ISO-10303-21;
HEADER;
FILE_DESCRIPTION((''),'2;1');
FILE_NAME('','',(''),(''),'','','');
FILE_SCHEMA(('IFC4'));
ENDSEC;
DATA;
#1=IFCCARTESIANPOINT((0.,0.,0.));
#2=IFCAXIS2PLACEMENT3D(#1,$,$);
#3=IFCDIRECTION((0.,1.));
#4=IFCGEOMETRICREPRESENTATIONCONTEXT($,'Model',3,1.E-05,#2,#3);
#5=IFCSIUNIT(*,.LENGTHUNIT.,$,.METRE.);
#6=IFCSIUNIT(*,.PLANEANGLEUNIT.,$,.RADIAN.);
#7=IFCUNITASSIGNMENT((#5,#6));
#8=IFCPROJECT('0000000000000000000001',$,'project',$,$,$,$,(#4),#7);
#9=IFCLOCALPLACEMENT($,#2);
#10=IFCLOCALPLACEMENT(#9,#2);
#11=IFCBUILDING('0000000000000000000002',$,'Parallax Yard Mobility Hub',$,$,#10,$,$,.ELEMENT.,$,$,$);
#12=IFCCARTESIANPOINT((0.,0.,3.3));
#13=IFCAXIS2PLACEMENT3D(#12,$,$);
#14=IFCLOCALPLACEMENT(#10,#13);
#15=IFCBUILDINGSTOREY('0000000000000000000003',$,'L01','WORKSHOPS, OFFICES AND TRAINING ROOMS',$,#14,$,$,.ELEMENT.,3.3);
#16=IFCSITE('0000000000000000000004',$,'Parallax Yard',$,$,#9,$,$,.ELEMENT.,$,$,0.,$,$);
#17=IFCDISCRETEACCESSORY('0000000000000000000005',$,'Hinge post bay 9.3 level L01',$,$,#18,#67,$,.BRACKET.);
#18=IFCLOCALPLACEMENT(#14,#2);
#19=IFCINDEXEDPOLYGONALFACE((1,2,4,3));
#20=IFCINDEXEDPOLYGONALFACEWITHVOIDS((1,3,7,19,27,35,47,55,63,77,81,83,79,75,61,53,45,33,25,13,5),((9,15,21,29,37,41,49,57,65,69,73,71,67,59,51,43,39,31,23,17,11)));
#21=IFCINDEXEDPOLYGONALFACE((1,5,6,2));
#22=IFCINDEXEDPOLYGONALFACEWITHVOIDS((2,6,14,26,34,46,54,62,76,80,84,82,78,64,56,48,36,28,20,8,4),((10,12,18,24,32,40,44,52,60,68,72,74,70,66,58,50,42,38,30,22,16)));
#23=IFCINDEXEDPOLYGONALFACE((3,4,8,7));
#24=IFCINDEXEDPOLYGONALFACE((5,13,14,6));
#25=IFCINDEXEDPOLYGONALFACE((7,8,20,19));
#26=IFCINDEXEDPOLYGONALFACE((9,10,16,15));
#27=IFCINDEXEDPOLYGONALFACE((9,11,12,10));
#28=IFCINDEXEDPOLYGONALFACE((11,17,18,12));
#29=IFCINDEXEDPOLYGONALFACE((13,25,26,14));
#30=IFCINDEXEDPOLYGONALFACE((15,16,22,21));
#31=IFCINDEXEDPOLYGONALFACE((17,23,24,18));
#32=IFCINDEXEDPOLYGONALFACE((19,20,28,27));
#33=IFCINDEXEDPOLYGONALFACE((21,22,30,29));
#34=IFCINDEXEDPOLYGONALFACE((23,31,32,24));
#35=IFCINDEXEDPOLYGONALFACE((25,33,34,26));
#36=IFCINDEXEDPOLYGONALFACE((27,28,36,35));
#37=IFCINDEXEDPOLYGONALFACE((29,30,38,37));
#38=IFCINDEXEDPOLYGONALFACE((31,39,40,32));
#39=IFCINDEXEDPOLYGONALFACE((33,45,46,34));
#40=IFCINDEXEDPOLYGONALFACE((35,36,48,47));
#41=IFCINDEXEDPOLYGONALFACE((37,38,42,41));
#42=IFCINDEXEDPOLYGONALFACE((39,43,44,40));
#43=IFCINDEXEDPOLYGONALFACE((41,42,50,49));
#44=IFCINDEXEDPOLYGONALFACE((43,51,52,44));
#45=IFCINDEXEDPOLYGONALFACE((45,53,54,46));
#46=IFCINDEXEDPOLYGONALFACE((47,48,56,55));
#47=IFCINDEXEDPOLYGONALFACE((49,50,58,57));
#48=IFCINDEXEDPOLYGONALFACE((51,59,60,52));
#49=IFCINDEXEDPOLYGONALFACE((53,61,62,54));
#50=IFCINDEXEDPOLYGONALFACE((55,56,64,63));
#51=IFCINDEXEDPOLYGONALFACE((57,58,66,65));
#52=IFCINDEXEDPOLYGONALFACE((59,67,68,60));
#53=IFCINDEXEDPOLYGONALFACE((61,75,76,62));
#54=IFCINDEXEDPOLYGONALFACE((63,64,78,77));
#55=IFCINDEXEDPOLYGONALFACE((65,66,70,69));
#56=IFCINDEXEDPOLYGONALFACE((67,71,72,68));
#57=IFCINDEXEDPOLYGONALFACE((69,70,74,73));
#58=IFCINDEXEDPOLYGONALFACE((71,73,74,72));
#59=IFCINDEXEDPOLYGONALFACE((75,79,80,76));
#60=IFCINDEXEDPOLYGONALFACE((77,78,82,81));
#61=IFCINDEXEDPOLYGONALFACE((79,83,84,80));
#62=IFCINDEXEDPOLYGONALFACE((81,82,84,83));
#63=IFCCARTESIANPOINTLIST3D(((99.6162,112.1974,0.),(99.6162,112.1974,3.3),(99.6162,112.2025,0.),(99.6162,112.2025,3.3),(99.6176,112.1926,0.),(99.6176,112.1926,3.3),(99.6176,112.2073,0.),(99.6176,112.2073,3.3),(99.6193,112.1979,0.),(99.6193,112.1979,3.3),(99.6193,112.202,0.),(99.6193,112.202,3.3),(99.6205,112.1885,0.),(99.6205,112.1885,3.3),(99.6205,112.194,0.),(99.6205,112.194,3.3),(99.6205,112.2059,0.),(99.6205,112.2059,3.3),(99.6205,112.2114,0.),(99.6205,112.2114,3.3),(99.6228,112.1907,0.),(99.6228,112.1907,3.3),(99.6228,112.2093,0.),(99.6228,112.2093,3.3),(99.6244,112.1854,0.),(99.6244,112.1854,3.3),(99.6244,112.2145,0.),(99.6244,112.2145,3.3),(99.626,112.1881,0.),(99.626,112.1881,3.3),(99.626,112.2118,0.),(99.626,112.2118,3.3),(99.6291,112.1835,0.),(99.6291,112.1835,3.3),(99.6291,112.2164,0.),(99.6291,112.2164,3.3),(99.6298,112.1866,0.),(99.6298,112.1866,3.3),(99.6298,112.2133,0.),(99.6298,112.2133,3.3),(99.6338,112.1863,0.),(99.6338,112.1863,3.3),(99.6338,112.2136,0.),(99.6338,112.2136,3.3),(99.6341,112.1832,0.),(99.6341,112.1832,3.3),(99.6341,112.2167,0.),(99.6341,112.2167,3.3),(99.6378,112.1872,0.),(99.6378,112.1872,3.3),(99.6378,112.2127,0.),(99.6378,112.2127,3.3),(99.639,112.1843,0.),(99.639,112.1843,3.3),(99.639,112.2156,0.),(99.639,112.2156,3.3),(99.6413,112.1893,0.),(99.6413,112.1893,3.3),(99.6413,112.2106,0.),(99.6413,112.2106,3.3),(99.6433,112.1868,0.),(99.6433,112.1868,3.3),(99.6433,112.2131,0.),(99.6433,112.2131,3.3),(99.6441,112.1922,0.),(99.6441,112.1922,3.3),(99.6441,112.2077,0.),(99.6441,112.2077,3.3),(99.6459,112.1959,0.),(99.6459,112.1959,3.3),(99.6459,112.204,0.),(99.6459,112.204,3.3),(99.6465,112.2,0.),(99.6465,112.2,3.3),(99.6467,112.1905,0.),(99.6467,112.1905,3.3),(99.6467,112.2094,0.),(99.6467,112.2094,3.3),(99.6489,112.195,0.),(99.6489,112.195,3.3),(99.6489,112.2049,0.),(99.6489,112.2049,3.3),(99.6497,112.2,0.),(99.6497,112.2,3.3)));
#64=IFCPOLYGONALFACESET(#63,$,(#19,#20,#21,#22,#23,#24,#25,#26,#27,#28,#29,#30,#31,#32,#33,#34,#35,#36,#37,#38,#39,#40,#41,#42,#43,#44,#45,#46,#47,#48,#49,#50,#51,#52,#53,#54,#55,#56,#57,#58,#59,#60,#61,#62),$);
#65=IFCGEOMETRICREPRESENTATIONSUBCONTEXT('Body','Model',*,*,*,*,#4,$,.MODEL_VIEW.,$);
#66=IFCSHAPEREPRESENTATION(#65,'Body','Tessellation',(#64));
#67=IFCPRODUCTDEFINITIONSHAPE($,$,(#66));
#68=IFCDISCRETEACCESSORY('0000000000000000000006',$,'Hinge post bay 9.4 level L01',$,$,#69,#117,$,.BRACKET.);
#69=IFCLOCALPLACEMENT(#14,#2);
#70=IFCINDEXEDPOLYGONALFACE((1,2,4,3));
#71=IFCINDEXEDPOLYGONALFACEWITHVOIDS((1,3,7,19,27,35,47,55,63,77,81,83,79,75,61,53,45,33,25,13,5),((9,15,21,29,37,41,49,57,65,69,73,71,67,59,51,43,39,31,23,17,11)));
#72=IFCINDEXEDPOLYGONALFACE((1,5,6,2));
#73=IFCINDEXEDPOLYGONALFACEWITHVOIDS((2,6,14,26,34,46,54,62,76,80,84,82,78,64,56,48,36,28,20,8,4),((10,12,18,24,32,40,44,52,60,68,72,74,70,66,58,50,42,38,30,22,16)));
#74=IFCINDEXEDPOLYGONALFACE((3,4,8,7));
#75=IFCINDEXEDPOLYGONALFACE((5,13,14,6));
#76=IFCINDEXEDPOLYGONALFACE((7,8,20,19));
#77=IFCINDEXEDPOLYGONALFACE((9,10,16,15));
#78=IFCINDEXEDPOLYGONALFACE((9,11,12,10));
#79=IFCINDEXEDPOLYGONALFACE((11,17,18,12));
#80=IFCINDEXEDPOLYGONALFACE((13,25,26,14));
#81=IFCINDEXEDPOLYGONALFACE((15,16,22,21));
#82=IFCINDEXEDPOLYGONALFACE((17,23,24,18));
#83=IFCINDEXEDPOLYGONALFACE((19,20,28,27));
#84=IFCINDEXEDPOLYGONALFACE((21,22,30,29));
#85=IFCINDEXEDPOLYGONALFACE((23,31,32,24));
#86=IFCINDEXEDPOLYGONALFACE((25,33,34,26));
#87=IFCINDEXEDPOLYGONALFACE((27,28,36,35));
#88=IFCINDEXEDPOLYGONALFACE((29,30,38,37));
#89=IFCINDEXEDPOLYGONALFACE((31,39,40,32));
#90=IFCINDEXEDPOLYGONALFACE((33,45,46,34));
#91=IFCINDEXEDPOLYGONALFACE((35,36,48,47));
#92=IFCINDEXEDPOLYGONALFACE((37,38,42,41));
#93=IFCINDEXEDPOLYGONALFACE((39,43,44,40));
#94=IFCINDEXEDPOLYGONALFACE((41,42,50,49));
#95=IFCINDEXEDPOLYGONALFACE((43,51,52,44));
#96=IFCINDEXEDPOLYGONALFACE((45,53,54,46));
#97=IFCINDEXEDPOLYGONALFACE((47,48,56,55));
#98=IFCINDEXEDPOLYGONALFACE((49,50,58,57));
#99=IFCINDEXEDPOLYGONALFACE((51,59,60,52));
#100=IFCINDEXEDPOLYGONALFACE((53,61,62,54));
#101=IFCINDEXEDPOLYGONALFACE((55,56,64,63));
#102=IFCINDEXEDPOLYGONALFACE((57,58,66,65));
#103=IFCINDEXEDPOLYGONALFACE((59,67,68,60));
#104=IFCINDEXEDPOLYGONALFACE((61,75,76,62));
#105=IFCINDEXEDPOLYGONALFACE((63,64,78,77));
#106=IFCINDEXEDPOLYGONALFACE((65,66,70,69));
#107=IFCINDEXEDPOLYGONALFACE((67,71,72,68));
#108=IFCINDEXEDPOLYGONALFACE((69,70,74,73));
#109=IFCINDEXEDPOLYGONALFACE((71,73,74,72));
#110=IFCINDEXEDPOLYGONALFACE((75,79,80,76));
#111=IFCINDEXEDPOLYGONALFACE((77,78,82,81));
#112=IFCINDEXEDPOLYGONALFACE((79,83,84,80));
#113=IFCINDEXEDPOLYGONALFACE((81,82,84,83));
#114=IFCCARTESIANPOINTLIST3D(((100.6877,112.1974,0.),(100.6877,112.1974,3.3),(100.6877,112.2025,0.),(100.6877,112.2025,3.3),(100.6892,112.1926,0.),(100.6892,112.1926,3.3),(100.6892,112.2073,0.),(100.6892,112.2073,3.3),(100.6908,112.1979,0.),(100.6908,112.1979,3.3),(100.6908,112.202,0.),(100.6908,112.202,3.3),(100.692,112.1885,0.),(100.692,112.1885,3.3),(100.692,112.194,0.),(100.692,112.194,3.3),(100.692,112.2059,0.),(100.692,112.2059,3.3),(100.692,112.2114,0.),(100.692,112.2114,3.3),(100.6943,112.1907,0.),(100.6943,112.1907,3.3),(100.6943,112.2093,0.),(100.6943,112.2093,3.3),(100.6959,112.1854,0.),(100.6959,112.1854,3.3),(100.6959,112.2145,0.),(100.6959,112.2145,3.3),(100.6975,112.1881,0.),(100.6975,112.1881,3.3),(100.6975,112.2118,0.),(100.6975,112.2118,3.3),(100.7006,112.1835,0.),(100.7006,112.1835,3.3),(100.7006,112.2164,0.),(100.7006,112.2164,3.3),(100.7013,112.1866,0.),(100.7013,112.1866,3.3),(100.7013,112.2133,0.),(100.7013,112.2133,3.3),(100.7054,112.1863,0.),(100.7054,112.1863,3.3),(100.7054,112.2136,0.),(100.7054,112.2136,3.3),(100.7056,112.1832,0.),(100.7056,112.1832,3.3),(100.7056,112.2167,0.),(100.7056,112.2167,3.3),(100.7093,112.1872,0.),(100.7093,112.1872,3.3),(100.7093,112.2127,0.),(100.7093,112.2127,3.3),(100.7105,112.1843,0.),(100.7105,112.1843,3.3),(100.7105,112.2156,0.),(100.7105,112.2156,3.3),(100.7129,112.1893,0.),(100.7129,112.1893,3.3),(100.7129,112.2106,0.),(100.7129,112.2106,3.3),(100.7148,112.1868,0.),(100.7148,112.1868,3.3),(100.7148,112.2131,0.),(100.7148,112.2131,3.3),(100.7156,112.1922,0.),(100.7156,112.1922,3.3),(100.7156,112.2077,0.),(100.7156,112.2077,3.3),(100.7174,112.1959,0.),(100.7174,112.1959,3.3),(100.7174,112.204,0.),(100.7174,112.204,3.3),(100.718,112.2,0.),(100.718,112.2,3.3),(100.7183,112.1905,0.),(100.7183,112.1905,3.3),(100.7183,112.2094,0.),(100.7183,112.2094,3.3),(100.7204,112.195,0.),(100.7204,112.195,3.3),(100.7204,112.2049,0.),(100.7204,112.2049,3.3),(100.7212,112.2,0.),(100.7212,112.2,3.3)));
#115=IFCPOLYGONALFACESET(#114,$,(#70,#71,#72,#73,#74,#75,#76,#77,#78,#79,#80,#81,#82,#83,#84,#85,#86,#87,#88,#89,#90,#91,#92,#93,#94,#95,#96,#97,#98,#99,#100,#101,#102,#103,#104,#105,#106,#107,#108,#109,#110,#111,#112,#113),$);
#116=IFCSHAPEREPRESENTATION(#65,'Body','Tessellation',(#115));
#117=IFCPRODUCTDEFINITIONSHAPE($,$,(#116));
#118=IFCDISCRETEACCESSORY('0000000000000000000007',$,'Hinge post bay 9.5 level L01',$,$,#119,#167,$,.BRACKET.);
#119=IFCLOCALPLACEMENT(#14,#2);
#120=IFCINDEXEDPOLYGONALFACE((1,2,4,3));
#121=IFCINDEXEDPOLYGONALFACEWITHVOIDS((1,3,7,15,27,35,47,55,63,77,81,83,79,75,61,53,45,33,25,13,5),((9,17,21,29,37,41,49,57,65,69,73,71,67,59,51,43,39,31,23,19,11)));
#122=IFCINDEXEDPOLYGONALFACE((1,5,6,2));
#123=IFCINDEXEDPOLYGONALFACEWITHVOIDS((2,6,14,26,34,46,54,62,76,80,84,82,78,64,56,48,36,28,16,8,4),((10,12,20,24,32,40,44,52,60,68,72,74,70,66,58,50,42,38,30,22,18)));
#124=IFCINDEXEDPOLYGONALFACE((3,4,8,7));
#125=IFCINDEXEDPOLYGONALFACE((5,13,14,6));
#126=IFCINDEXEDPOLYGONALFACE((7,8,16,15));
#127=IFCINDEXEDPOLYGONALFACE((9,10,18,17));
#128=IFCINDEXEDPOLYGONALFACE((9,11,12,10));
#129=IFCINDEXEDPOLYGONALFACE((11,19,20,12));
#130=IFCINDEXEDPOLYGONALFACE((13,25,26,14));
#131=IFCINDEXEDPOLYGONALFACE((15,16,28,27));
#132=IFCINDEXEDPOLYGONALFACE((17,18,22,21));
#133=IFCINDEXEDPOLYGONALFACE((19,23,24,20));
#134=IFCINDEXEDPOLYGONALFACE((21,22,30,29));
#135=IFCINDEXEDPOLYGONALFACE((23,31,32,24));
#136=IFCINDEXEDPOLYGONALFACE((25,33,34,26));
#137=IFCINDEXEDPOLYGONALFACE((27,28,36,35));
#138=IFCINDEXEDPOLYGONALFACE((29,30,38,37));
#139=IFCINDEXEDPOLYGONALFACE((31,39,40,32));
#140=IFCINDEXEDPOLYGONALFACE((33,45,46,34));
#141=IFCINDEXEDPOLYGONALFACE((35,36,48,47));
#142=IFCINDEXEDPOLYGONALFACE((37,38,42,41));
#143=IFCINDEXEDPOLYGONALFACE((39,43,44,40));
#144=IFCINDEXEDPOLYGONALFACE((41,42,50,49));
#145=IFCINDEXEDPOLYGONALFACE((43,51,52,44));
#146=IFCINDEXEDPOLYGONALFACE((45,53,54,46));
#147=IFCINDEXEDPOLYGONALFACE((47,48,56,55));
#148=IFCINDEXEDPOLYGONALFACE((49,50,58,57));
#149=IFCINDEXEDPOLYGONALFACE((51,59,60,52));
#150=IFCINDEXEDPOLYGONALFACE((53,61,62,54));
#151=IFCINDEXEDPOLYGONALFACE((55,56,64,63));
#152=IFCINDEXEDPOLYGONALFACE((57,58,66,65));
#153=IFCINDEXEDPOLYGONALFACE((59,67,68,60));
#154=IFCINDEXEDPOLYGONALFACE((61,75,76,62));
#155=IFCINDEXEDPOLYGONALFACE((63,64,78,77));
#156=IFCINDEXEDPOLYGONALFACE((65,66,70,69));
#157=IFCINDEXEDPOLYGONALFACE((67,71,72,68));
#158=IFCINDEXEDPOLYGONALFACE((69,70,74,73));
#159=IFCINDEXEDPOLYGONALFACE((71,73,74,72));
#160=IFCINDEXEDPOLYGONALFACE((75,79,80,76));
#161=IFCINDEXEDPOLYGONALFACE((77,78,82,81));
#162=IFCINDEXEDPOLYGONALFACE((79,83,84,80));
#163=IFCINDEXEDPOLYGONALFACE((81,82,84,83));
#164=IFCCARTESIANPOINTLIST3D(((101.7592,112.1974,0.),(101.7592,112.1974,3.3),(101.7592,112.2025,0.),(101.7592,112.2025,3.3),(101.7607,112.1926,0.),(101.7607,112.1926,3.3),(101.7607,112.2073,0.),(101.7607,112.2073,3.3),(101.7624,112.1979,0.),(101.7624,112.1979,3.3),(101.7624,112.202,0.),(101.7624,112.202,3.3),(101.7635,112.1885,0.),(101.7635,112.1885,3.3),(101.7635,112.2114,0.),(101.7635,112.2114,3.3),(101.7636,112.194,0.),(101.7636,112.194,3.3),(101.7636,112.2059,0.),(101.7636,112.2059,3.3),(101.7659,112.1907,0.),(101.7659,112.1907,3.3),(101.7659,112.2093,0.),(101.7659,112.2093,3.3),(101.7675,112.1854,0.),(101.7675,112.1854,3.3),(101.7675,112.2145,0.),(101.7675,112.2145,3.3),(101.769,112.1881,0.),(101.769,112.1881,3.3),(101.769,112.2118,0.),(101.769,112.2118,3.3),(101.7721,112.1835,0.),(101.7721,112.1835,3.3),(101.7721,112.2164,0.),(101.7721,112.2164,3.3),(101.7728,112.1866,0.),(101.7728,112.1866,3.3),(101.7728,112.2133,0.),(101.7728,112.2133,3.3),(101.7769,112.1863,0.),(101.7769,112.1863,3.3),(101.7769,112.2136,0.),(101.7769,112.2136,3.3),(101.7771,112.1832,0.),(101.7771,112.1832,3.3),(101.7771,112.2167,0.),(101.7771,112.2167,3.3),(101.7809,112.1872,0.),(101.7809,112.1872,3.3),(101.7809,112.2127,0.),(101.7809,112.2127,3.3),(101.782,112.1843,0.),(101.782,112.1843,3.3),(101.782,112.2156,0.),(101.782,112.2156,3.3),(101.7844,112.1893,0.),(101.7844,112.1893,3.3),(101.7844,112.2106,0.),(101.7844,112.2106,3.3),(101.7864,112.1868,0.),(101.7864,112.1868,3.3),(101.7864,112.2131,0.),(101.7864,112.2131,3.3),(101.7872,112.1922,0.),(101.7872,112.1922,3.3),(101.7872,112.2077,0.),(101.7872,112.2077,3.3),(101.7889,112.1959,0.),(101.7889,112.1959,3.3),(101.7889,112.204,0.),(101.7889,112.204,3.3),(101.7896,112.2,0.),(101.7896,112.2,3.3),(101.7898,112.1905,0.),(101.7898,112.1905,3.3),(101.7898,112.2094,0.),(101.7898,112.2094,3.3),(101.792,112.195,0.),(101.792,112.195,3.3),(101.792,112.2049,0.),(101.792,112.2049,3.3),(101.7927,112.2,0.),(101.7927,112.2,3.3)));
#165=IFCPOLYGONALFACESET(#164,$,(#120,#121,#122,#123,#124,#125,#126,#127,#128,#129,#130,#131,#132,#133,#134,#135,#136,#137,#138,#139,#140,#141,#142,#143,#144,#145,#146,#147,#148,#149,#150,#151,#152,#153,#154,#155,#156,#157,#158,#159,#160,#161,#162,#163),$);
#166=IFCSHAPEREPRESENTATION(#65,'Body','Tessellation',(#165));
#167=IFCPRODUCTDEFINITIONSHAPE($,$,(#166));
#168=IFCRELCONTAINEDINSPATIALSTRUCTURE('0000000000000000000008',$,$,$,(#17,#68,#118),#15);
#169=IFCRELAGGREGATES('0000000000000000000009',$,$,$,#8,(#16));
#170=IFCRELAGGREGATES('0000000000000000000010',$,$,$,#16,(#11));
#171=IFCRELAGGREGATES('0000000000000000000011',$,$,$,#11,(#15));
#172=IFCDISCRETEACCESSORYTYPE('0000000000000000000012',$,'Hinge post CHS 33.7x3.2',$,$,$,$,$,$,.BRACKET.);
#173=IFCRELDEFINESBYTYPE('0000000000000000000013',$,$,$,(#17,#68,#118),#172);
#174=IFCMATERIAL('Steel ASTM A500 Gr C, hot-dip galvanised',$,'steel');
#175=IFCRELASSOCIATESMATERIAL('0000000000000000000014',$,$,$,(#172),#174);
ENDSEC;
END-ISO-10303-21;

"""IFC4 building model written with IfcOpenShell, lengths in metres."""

from ifc_helpers import new_model, si_unit, direction, frame, origin, origin_2d, place, context, subcontext, project, spatial, hollow_circle, extrude, material, material_profile, profile_set, type_object, element, save


model = new_model("IFC4")

# Units and contexts
model_context = context("Model", 3, precision=1e-05, world=origin(), true_north=direction((0.0, 1.0)))
body_context = subcontext(model_context, "Body", "Model", "MODEL_VIEW")
ifc_project = project(units=[si_unit("LENGTHUNIT", "METRE"), si_unit("PLANEANGLEUNIT", "RADIAN")], contexts=[model_context])

# Site, building, storey
site_placement = place(None, origin())
site = spatial("IfcSite", under=ifc_project, at=site_placement, Name="Parallax Yard", CompositionType="ELEMENT", RefElevation=0.0)
building_placement = place(site_placement, origin())
building = spatial("IfcBuilding", under=site, at=building_placement, Name="Parallax Yard Mobility Hub", CompositionType="ELEMENT")
storey_placement = place(building_placement, frame((0.0, 0.0, 3.3)))
storey = spatial("IfcBuildingStorey", under=building, at=storey_placement, Name="L01", Description="WORKSHOPS, OFFICES AND TRAINING ROOMS", CompositionType="ELEMENT", Elevation=3.3)

# Discrete accessories
ifc_material_1 = material(Name="Steel ASTM A500 Gr C, hot-dip galvanised", Category="steel")
ifc_material_profile_1 = material_profile(ifc_material_1, hollow_circle(Radius=0.0168, WallThickness=0.0032, at=origin_2d()), Name="CHS 33.7x3.2")
ifc_profile_set_1 = profile_set([ifc_material_profile_1], Name="Steel ASTM A500 Gr C, hot-dip galvanised")
discrete_accessory_type_1 = type_object("IfcDiscreteAccessoryType", Name="Hinge post CHS 33.7x3.2", PredefinedType="BRACKET", material=ifc_profile_set_1)
for number, where, z_axis, x_axis, name in (
    (1, (99.6328, 112.2, 0.0), (0.0, 0.0, 1.0), (1.0, 0.0, 0.0), "Hinge post bay 9.3 level L01"),
    (2, (100.7043, 112.2, 0.0), (0.0, 0.0, 1.0), (1.0, 0.0, 0.0), "Hinge post bay 9.4 level L01"),
    (3, (101.7759, 112.2, 0.0), (0.0, 0.0, 1.0), (1.0, 0.0, 0.0), "Hinge post bay 9.5 level L01"),
):
    element("IfcDiscreteAccessory", number, at=place(storey_placement, frame(where, z_axis=z_axis, x_axis=x_axis)), inside=storey, type_object=discrete_accessory_type_1, Name=name, PredefinedType="BRACKET", context=body_context, shape_type="SweptSolid", body=[
        extrude(hollow_circle(Radius=0.0168, WallThickness=0.0032, at=origin_2d()), origin(), (0.0, 0.0, 1.0), 3.3),
    ])

save(model, "model.ifc")
